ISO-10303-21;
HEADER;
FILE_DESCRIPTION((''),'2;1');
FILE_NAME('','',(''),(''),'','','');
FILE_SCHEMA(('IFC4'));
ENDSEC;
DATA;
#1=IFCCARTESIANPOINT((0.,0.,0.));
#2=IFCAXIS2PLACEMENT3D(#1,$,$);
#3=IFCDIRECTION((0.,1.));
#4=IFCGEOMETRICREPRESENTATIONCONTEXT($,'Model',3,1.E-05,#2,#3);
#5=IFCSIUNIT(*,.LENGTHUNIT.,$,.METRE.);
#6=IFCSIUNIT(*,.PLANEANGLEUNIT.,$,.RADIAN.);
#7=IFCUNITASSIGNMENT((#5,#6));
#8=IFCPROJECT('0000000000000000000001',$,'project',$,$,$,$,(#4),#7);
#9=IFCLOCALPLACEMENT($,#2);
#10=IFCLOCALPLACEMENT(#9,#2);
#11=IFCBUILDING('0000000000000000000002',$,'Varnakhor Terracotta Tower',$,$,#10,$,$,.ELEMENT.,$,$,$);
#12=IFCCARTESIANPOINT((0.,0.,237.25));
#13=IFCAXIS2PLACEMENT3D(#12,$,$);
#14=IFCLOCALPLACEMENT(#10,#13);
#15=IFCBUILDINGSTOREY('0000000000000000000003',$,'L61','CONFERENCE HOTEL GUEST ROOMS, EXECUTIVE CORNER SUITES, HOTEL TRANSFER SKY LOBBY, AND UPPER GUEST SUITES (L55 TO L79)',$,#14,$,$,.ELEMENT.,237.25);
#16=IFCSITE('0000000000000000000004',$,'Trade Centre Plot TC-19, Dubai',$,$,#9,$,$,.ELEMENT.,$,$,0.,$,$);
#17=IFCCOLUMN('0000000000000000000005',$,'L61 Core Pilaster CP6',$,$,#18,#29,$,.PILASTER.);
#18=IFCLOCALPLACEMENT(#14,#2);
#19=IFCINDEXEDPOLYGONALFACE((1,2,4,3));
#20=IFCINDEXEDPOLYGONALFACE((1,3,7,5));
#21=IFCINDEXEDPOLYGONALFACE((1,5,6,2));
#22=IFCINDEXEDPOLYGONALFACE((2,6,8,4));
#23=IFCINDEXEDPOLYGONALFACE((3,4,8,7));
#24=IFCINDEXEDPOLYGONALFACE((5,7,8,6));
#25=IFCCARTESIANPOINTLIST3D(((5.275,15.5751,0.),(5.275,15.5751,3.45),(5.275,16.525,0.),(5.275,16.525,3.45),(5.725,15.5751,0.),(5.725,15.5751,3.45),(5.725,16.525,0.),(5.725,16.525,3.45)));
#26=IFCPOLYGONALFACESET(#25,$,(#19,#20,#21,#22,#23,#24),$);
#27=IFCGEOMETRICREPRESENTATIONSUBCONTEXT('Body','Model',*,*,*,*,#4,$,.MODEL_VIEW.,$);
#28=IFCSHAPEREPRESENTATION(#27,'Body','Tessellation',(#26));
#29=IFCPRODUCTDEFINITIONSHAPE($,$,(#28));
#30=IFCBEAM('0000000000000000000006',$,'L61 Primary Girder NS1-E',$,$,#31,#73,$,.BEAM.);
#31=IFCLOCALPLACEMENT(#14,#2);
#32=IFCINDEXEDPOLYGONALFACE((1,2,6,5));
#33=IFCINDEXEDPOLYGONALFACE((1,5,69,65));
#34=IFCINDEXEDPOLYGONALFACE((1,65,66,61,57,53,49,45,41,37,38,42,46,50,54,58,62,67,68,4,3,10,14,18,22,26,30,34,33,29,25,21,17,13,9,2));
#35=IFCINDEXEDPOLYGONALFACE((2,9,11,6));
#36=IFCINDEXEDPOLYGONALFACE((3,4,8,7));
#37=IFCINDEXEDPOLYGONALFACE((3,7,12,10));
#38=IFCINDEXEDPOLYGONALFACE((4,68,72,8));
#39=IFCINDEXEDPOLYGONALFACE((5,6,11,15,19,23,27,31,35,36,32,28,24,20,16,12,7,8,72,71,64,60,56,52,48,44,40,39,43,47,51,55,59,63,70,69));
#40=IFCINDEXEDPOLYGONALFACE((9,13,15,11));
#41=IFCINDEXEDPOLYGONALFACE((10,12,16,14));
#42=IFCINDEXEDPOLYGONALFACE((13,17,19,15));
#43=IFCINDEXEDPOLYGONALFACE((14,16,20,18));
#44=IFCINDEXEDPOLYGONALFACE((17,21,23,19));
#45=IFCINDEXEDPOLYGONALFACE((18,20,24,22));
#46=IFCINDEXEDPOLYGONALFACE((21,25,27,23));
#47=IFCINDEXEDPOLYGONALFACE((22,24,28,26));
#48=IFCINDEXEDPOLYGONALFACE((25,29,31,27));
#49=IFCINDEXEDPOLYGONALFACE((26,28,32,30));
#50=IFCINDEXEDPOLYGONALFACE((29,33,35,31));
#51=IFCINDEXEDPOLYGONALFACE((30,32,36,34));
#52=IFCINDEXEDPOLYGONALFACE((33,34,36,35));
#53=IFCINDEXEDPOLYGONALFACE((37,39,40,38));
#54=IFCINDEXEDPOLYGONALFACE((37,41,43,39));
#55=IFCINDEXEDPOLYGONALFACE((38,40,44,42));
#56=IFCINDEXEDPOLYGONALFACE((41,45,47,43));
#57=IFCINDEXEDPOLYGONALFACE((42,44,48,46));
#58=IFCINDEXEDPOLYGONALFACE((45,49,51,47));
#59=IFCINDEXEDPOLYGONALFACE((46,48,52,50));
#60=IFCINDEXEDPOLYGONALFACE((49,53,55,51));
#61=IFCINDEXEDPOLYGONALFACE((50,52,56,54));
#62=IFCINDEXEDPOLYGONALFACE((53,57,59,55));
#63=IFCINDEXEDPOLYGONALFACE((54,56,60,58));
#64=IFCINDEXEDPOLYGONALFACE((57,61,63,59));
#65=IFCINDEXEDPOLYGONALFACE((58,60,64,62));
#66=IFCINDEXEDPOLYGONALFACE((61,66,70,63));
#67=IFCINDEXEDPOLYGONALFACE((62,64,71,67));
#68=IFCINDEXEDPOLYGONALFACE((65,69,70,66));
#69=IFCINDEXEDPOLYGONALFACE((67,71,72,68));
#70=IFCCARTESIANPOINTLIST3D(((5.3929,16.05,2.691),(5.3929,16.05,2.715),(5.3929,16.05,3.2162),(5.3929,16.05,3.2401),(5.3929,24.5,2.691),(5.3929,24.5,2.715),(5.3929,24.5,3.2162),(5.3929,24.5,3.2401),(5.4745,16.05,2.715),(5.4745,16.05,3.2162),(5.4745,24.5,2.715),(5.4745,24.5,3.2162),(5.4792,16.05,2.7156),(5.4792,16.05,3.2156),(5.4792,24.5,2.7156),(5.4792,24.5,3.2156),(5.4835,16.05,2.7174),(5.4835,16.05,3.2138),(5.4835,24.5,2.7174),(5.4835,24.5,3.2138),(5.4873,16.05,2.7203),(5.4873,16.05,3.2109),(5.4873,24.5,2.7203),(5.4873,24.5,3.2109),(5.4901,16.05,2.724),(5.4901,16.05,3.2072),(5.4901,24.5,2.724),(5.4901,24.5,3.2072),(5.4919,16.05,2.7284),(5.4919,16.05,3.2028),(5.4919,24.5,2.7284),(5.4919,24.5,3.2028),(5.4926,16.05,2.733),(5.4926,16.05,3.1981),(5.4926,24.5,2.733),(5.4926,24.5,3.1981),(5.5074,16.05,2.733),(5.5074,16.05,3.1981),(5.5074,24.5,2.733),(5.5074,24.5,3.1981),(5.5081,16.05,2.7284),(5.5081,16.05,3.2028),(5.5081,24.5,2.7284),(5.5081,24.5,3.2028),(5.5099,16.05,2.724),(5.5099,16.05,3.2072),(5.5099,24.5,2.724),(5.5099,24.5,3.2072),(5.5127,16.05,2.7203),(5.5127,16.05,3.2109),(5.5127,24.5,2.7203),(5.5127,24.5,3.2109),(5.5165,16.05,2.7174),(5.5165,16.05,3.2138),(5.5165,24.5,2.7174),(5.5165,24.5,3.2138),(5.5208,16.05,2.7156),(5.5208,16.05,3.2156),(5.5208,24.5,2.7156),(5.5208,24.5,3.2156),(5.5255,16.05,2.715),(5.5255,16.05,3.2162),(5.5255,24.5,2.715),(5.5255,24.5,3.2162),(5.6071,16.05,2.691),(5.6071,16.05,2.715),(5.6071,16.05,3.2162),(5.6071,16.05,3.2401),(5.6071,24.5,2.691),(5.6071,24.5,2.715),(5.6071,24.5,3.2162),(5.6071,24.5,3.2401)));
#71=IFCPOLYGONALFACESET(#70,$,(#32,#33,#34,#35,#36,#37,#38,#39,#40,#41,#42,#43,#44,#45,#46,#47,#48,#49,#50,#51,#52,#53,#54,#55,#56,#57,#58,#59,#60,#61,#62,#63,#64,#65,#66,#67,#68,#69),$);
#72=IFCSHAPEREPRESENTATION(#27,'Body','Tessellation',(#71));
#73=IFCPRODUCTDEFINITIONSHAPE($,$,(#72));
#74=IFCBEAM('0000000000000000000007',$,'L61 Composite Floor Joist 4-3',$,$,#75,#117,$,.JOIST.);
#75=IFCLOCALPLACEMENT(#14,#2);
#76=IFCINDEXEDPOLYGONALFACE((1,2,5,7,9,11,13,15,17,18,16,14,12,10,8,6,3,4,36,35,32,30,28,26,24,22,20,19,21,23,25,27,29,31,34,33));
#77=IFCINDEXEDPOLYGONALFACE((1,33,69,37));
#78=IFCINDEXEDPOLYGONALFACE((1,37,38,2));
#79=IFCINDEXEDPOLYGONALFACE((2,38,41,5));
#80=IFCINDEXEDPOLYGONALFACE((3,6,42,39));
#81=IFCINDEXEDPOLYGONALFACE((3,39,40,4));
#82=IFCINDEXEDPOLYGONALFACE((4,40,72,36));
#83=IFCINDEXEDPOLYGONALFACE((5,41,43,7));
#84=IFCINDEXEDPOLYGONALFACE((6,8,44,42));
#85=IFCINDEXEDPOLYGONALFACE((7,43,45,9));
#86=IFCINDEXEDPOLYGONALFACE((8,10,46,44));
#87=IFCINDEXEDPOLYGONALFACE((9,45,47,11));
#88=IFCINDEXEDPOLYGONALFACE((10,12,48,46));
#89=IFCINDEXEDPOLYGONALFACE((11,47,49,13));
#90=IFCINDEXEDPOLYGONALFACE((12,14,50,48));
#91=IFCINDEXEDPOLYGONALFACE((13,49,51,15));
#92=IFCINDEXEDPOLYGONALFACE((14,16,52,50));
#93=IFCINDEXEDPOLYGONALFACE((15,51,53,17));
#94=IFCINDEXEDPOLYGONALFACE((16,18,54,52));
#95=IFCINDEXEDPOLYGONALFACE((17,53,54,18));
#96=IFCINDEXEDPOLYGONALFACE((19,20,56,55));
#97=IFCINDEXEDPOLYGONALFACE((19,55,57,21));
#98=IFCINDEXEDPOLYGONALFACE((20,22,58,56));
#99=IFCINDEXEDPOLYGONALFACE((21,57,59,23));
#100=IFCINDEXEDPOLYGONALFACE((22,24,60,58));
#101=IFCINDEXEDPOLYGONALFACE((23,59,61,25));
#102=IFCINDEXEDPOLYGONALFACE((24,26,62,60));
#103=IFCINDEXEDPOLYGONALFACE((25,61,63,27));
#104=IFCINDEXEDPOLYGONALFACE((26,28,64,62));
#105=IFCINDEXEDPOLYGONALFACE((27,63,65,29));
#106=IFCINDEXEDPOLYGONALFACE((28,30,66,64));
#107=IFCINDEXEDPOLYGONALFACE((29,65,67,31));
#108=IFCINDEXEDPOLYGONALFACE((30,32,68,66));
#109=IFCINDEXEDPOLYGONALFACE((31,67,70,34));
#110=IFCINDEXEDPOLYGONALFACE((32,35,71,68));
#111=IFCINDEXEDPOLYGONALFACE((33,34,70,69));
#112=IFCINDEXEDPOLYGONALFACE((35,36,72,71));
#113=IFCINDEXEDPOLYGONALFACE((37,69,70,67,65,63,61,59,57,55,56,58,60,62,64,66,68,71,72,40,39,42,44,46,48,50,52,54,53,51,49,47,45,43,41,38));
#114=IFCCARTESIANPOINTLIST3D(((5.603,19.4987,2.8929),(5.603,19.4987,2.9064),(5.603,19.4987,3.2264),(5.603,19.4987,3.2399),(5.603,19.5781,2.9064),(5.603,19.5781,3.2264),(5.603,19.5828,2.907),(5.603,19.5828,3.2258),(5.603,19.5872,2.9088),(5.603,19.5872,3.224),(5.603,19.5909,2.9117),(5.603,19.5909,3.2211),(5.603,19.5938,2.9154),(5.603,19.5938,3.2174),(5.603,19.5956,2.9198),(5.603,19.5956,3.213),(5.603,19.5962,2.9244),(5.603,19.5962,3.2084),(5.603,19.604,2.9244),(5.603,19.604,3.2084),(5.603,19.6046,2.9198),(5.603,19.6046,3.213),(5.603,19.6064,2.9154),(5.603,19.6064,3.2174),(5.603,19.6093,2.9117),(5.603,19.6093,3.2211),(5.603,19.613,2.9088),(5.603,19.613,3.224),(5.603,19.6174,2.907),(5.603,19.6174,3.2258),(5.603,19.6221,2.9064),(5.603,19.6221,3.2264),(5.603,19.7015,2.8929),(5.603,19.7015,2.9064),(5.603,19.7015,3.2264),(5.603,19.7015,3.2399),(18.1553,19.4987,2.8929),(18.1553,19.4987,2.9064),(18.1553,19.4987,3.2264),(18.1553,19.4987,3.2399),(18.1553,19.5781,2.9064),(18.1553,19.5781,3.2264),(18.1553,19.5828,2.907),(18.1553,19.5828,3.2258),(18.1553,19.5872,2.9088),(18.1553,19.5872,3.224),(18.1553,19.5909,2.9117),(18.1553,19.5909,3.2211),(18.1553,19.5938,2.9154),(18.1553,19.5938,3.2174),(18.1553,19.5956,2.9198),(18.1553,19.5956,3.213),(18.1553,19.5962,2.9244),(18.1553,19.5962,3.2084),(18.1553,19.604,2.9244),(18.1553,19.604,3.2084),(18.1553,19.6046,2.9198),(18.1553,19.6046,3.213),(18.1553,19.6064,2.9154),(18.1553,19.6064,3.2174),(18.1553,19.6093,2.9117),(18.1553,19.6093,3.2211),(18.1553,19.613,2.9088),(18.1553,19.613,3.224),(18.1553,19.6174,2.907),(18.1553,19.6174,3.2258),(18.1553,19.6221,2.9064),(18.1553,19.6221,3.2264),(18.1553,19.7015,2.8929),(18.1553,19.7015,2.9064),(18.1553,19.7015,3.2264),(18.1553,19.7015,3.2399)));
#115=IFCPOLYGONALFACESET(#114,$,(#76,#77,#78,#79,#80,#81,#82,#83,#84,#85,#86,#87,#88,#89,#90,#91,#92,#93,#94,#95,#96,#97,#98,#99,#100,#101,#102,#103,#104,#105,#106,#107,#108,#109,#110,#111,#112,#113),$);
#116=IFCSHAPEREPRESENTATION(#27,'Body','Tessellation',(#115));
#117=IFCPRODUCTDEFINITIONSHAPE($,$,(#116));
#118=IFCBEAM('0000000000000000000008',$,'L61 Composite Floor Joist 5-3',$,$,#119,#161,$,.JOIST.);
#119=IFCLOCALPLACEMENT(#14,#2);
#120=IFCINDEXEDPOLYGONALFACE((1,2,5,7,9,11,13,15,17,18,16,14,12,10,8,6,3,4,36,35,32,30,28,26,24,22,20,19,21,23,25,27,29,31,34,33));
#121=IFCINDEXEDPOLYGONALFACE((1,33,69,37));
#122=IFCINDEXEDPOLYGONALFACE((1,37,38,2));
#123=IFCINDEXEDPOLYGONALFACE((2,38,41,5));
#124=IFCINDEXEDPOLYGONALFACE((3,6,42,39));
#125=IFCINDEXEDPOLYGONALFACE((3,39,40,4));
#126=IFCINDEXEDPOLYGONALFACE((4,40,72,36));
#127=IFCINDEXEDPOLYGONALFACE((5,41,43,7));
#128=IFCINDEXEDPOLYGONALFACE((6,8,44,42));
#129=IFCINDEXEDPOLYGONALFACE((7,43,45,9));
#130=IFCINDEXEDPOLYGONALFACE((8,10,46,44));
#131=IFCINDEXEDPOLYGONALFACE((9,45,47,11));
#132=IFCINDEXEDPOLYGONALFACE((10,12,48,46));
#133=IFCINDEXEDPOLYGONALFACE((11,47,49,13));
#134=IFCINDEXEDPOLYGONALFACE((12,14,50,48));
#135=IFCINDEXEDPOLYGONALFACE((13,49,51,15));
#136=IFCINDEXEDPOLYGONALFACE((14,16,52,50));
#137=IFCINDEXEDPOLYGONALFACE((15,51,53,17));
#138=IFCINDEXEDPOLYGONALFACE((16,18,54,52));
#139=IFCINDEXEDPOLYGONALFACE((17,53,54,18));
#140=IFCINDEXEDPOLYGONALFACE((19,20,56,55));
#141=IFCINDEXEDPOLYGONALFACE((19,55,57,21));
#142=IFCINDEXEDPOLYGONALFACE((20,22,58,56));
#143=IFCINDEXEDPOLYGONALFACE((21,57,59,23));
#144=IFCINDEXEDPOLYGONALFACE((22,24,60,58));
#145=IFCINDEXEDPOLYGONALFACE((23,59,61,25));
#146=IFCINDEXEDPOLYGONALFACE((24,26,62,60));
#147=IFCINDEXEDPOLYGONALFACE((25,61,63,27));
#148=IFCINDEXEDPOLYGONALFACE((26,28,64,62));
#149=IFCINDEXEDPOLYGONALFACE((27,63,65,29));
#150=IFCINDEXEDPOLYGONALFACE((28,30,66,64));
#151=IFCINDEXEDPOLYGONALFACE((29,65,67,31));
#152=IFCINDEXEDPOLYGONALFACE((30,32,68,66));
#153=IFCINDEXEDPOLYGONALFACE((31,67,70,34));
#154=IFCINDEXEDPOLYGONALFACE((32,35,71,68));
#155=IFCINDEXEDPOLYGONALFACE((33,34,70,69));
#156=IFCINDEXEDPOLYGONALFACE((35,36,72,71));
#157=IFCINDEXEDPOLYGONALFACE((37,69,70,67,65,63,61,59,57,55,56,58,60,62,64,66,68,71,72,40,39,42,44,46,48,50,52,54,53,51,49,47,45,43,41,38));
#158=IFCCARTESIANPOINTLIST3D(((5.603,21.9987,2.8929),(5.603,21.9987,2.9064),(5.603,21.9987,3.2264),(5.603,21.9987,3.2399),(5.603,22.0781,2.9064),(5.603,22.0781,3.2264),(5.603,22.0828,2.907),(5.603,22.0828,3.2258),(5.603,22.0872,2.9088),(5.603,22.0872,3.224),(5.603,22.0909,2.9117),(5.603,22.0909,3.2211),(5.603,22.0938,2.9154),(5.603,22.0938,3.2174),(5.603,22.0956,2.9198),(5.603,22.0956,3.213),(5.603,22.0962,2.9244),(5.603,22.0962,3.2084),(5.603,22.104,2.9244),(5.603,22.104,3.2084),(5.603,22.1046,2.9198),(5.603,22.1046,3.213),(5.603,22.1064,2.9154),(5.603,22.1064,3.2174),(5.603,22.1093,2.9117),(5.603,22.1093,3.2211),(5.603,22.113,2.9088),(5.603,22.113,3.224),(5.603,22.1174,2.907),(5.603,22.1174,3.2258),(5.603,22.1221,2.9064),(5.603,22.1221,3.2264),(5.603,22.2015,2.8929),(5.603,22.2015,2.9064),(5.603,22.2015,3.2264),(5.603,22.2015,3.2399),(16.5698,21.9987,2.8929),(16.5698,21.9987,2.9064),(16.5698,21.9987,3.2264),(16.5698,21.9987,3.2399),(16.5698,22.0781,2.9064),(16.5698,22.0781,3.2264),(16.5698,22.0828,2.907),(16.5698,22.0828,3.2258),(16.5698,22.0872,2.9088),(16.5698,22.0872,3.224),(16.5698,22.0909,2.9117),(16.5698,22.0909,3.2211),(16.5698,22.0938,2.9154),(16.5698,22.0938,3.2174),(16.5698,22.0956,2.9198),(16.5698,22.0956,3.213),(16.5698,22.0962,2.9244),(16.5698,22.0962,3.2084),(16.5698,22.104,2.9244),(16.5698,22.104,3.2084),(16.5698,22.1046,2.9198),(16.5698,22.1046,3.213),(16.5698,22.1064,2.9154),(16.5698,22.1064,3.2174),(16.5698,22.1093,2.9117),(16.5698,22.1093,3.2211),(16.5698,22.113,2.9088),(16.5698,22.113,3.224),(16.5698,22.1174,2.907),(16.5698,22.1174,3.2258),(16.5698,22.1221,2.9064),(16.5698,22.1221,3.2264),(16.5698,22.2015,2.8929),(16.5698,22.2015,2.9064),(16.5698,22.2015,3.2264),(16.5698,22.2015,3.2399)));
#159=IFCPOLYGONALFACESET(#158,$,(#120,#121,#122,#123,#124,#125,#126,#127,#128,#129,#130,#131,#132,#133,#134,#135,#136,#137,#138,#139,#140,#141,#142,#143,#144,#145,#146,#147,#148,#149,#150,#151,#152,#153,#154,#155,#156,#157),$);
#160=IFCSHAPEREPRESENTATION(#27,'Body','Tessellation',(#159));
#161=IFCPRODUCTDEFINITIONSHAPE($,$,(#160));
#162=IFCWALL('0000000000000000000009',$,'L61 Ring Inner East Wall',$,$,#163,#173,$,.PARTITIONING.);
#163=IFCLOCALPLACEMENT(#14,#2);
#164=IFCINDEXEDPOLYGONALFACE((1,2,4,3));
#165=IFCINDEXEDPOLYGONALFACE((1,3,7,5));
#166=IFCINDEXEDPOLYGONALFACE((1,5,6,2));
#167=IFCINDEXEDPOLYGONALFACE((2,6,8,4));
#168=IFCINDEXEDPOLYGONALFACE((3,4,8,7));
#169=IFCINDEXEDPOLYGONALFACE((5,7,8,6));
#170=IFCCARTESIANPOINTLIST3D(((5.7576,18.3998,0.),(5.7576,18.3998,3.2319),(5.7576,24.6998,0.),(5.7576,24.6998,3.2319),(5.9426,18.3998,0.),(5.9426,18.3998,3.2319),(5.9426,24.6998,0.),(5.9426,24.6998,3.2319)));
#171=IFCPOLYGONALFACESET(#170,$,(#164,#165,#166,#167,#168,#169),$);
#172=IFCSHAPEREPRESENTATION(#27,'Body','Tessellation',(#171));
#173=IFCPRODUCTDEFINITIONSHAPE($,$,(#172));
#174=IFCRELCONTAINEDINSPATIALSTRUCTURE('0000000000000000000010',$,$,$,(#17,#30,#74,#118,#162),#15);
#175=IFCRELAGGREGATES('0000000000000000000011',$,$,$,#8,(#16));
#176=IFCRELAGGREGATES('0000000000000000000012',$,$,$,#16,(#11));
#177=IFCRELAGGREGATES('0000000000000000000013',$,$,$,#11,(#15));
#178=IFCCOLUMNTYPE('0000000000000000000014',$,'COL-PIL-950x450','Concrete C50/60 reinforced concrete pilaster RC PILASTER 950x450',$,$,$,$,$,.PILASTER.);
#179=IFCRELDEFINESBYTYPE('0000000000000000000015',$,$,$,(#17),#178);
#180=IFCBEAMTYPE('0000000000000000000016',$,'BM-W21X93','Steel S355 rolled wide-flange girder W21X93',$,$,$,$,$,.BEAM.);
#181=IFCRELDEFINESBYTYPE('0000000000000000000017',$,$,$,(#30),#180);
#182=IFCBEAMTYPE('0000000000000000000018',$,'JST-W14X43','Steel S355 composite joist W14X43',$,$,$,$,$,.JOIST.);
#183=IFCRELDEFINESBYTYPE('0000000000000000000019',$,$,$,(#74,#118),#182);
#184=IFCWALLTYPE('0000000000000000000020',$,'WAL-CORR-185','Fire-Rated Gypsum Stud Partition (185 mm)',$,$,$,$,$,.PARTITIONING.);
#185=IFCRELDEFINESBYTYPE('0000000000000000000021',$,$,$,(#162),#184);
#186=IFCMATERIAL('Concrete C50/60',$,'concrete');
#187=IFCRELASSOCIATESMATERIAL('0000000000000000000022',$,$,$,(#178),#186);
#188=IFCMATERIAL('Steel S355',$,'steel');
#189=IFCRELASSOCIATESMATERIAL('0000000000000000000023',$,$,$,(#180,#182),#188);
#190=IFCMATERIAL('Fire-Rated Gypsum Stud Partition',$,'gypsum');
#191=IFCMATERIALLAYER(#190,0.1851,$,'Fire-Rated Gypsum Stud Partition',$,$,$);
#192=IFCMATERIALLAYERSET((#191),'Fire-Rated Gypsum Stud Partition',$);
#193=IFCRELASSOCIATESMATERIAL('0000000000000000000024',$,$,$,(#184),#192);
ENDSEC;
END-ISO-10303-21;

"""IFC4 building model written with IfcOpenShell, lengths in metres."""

from ifc_helpers import new_model, si_unit, direction, frame, frame_2d, origin, origin_2d, place, context, subcontext, project, spatial, rectangle, i_section, extrude, source, transform, mapped, material, layer, layer_set, material_profile, profile_set, type_object, type_shapes, element, save


model = new_model("IFC4")

# Units and contexts
model_context = context("Model", 3, precision=1e-05, world=origin(), true_north=direction((0.0, 1.0)))
body_context = subcontext(model_context, "Body", "Model", "MODEL_VIEW")
ifc_project = project(units=[si_unit("LENGTHUNIT", "METRE"), si_unit("PLANEANGLEUNIT", "RADIAN")], contexts=[model_context])

# Site, building, storey
site_placement = place(None, origin())
site = spatial("IfcSite", under=ifc_project, at=site_placement, Name="Trade Centre Plot TC-19, Dubai", CompositionType="ELEMENT", RefElevation=0.0)
building_placement = place(site_placement, origin())
building = spatial("IfcBuilding", under=site, at=building_placement, Name="Varnakhor Terracotta Tower", CompositionType="ELEMENT")
storey_placement = place(building_placement, frame((0.0, 0.0, 237.25)))
storey = spatial("IfcBuildingStorey", under=building, at=storey_placement, Name="L61", Description="CONFERENCE HOTEL GUEST ROOMS, EXECUTIVE CORNER SUITES, HOTEL TRANSFER SKY LOBBY, AND UPPER GUEST SUITES (L55 TO L79)", CompositionType="ELEMENT", Elevation=237.25)

# Column
ifc_material_1 = material(Name="Concrete C50/60", Category="concrete")
ifc_material_profile_1 = material_profile(ifc_material_1, rectangle(XDim=0.45, YDim=0.95, at=origin_2d()), Name="RC PILASTER 950x450")
ifc_profile_set_1 = profile_set([ifc_material_profile_1], Name="Concrete C50/60")
column_type = type_object("IfcColumnType", Name="COL-PIL-950x450", Description="Concrete C50/60 reinforced concrete pilaster RC PILASTER 950x450", PredefinedType="PILASTER", material=ifc_profile_set_1)
shared_shape_1 = source(origin(), body_context, "Body", "SweptSolid", [
    extrude(rectangle(XDim=0.45, YDim=0.95, at=origin_2d()), origin(), (0.0, 0.0, 1.0), 3.45),
])
column_placement = place(storey_placement, frame((5.5, 16.05, 0.0), z_axis=(0.0, 0.0, 1.0), x_axis=(1.0, 0.0, 0.0)))
element("IfcColumn", 1, at=column_placement, inside=storey, type_object=column_type, Name="L61 Core Pilaster CP6", PredefinedType="PILASTER", context=body_context, shape_type="MappedRepresentation", body=[
    mapped(shared_shape_1, transform((0.0, 0.0, 0.0), scale=1.0)),
])

# Beams
ifc_material_2 = material(Name="Steel S355", Category="steel")
ifc_material_profile_2 = material_profile(ifc_material_2, i_section(OverallWidth=0.2141, OverallDepth=0.5491, WebThickness=0.0149, FlangeThickness=0.0239, FilletRadius=0.0181, at=origin_2d()), Name="W21X93")
ifc_profile_set_2 = profile_set([ifc_material_profile_2], Name="Steel S355")
beam_type_1 = type_object("IfcBeamType", Name="BM-W21X93", Description="Steel S355 rolled wide-flange girder W21X93", PredefinedType="BEAM", material=ifc_profile_set_2)
shared_shape_2 = source(origin(), body_context, "Body", "SweptSolid", [
    extrude(i_section(OverallWidth=0.2141, OverallDepth=0.5491, WebThickness=0.0149, FlangeThickness=0.0239, FilletRadius=0.0181, at=origin_2d()), origin(), (0.0, 0.0, 1.0), 8.45),
])
type_shapes(beam_type_1, [shared_shape_2])
beam_1_placement = place(storey_placement, frame((5.5, 16.05, 2.9656), z_axis=(0.0, 1.0, 0.0), x_axis=(-1.0, 0.0, 0.0)))
element("IfcBeam", 2, at=beam_1_placement, inside=storey, type_object=beam_type_1, Name="L61 Primary Girder NS1-E", PredefinedType="BEAM", context=body_context, shape_type="MappedRepresentation", body=[
    mapped(shared_shape_2, transform((0.0, 0.0, 0.0), scale=1.0)),
])
ifc_material_profile_3 = material_profile(ifc_material_2, i_section(OverallWidth=0.2029, OverallDepth=0.3469, WebThickness=0.0078, FlangeThickness=0.0134, FilletRadius=0.0181, at=origin_2d()), Name="W14X43")
ifc_profile_set_3 = profile_set([ifc_material_profile_3], Name="Steel S355")
beam_type_2 = type_object("IfcBeamType", Name="JST-W14X43", Description="Steel S355 composite joist W14X43", PredefinedType="JOIST", material=ifc_profile_set_3)
shared_shape_3 = source(origin(), body_context, "Body", "SweptSolid", [
    extrude(i_section(OverallWidth=0.2029, OverallDepth=0.3469, WebThickness=0.0078, FlangeThickness=0.0134, FilletRadius=0.0181, at=origin_2d()), origin(), (0.0, 0.0, 1.0), 12.5522),
])
beam_2_placement = place(storey_placement, frame((5.603, 19.6001, 3.0664), z_axis=(1.0, 0.0, 0.0), x_axis=(0.0, 1.0, 0.0)))
element("IfcBeam", 3, at=beam_2_placement, inside=storey, type_object=beam_type_2, Name="L61 Composite Floor Joist 4-3", PredefinedType="JOIST", context=body_context, shape_type="MappedRepresentation", body=[
    mapped(shared_shape_3, transform((0.0, 0.0, 0.0), scale=1.0)),
])
shared_shape_4 = source(origin(), body_context, "Body", "SweptSolid", [
    extrude(i_section(OverallWidth=0.2029, OverallDepth=0.3469, WebThickness=0.0078, FlangeThickness=0.0134, FilletRadius=0.0181, at=origin_2d()), origin(), (0.0, 0.0, 1.0), 10.9668),
])
beam_3_placement = place(storey_placement, frame((5.603, 22.1001, 3.0664), z_axis=(1.0, 0.0, 0.0), x_axis=(0.0, 1.0, 0.0)))
element("IfcBeam", 4, at=beam_3_placement, inside=storey, type_object=beam_type_2, Name="L61 Composite Floor Joist 5-3", PredefinedType="JOIST", context=body_context, shape_type="MappedRepresentation", body=[
    mapped(shared_shape_4, transform((0.0, 0.0, 0.0), scale=1.0)),
])

# Wall
ifc_material_3 = material(Name="Fire-Rated Gypsum Stud Partition", Category="gypsum")
ifc_layer_1 = layer(ifc_material_3, 0.1851, Name="Fire-Rated Gypsum Stud Partition")
ifc_layer_set_1 = layer_set([ifc_layer_1], Name="Fire-Rated Gypsum Stud Partition")
wall_type_1 = type_object("IfcWallType", Name="WAL-CORR-185", Description="Fire-Rated Gypsum Stud Partition (185 mm)", PredefinedType="PARTITIONING", material=ifc_layer_set_1)
wall_1_placement = place(storey_placement, frame((5.8501, 18.3999, 0.0), z_axis=(0.0, 0.0, 1.0), x_axis=(0.0, 1.0, 0.0)))
element("IfcWall", 5, at=wall_1_placement, inside=storey, type_object=wall_type_1, Name="L61 Ring Inner East Wall", PredefinedType="PARTITIONING", context=body_context, shape_type="SweptSolid", body=[
    extrude(rectangle(XDim=6.3, YDim=0.1851, at=frame_2d((3.1499, 0.0))), origin(), (0.0, 0.0, 1.0), 3.2319),
])

save(model, "model.ifc")
